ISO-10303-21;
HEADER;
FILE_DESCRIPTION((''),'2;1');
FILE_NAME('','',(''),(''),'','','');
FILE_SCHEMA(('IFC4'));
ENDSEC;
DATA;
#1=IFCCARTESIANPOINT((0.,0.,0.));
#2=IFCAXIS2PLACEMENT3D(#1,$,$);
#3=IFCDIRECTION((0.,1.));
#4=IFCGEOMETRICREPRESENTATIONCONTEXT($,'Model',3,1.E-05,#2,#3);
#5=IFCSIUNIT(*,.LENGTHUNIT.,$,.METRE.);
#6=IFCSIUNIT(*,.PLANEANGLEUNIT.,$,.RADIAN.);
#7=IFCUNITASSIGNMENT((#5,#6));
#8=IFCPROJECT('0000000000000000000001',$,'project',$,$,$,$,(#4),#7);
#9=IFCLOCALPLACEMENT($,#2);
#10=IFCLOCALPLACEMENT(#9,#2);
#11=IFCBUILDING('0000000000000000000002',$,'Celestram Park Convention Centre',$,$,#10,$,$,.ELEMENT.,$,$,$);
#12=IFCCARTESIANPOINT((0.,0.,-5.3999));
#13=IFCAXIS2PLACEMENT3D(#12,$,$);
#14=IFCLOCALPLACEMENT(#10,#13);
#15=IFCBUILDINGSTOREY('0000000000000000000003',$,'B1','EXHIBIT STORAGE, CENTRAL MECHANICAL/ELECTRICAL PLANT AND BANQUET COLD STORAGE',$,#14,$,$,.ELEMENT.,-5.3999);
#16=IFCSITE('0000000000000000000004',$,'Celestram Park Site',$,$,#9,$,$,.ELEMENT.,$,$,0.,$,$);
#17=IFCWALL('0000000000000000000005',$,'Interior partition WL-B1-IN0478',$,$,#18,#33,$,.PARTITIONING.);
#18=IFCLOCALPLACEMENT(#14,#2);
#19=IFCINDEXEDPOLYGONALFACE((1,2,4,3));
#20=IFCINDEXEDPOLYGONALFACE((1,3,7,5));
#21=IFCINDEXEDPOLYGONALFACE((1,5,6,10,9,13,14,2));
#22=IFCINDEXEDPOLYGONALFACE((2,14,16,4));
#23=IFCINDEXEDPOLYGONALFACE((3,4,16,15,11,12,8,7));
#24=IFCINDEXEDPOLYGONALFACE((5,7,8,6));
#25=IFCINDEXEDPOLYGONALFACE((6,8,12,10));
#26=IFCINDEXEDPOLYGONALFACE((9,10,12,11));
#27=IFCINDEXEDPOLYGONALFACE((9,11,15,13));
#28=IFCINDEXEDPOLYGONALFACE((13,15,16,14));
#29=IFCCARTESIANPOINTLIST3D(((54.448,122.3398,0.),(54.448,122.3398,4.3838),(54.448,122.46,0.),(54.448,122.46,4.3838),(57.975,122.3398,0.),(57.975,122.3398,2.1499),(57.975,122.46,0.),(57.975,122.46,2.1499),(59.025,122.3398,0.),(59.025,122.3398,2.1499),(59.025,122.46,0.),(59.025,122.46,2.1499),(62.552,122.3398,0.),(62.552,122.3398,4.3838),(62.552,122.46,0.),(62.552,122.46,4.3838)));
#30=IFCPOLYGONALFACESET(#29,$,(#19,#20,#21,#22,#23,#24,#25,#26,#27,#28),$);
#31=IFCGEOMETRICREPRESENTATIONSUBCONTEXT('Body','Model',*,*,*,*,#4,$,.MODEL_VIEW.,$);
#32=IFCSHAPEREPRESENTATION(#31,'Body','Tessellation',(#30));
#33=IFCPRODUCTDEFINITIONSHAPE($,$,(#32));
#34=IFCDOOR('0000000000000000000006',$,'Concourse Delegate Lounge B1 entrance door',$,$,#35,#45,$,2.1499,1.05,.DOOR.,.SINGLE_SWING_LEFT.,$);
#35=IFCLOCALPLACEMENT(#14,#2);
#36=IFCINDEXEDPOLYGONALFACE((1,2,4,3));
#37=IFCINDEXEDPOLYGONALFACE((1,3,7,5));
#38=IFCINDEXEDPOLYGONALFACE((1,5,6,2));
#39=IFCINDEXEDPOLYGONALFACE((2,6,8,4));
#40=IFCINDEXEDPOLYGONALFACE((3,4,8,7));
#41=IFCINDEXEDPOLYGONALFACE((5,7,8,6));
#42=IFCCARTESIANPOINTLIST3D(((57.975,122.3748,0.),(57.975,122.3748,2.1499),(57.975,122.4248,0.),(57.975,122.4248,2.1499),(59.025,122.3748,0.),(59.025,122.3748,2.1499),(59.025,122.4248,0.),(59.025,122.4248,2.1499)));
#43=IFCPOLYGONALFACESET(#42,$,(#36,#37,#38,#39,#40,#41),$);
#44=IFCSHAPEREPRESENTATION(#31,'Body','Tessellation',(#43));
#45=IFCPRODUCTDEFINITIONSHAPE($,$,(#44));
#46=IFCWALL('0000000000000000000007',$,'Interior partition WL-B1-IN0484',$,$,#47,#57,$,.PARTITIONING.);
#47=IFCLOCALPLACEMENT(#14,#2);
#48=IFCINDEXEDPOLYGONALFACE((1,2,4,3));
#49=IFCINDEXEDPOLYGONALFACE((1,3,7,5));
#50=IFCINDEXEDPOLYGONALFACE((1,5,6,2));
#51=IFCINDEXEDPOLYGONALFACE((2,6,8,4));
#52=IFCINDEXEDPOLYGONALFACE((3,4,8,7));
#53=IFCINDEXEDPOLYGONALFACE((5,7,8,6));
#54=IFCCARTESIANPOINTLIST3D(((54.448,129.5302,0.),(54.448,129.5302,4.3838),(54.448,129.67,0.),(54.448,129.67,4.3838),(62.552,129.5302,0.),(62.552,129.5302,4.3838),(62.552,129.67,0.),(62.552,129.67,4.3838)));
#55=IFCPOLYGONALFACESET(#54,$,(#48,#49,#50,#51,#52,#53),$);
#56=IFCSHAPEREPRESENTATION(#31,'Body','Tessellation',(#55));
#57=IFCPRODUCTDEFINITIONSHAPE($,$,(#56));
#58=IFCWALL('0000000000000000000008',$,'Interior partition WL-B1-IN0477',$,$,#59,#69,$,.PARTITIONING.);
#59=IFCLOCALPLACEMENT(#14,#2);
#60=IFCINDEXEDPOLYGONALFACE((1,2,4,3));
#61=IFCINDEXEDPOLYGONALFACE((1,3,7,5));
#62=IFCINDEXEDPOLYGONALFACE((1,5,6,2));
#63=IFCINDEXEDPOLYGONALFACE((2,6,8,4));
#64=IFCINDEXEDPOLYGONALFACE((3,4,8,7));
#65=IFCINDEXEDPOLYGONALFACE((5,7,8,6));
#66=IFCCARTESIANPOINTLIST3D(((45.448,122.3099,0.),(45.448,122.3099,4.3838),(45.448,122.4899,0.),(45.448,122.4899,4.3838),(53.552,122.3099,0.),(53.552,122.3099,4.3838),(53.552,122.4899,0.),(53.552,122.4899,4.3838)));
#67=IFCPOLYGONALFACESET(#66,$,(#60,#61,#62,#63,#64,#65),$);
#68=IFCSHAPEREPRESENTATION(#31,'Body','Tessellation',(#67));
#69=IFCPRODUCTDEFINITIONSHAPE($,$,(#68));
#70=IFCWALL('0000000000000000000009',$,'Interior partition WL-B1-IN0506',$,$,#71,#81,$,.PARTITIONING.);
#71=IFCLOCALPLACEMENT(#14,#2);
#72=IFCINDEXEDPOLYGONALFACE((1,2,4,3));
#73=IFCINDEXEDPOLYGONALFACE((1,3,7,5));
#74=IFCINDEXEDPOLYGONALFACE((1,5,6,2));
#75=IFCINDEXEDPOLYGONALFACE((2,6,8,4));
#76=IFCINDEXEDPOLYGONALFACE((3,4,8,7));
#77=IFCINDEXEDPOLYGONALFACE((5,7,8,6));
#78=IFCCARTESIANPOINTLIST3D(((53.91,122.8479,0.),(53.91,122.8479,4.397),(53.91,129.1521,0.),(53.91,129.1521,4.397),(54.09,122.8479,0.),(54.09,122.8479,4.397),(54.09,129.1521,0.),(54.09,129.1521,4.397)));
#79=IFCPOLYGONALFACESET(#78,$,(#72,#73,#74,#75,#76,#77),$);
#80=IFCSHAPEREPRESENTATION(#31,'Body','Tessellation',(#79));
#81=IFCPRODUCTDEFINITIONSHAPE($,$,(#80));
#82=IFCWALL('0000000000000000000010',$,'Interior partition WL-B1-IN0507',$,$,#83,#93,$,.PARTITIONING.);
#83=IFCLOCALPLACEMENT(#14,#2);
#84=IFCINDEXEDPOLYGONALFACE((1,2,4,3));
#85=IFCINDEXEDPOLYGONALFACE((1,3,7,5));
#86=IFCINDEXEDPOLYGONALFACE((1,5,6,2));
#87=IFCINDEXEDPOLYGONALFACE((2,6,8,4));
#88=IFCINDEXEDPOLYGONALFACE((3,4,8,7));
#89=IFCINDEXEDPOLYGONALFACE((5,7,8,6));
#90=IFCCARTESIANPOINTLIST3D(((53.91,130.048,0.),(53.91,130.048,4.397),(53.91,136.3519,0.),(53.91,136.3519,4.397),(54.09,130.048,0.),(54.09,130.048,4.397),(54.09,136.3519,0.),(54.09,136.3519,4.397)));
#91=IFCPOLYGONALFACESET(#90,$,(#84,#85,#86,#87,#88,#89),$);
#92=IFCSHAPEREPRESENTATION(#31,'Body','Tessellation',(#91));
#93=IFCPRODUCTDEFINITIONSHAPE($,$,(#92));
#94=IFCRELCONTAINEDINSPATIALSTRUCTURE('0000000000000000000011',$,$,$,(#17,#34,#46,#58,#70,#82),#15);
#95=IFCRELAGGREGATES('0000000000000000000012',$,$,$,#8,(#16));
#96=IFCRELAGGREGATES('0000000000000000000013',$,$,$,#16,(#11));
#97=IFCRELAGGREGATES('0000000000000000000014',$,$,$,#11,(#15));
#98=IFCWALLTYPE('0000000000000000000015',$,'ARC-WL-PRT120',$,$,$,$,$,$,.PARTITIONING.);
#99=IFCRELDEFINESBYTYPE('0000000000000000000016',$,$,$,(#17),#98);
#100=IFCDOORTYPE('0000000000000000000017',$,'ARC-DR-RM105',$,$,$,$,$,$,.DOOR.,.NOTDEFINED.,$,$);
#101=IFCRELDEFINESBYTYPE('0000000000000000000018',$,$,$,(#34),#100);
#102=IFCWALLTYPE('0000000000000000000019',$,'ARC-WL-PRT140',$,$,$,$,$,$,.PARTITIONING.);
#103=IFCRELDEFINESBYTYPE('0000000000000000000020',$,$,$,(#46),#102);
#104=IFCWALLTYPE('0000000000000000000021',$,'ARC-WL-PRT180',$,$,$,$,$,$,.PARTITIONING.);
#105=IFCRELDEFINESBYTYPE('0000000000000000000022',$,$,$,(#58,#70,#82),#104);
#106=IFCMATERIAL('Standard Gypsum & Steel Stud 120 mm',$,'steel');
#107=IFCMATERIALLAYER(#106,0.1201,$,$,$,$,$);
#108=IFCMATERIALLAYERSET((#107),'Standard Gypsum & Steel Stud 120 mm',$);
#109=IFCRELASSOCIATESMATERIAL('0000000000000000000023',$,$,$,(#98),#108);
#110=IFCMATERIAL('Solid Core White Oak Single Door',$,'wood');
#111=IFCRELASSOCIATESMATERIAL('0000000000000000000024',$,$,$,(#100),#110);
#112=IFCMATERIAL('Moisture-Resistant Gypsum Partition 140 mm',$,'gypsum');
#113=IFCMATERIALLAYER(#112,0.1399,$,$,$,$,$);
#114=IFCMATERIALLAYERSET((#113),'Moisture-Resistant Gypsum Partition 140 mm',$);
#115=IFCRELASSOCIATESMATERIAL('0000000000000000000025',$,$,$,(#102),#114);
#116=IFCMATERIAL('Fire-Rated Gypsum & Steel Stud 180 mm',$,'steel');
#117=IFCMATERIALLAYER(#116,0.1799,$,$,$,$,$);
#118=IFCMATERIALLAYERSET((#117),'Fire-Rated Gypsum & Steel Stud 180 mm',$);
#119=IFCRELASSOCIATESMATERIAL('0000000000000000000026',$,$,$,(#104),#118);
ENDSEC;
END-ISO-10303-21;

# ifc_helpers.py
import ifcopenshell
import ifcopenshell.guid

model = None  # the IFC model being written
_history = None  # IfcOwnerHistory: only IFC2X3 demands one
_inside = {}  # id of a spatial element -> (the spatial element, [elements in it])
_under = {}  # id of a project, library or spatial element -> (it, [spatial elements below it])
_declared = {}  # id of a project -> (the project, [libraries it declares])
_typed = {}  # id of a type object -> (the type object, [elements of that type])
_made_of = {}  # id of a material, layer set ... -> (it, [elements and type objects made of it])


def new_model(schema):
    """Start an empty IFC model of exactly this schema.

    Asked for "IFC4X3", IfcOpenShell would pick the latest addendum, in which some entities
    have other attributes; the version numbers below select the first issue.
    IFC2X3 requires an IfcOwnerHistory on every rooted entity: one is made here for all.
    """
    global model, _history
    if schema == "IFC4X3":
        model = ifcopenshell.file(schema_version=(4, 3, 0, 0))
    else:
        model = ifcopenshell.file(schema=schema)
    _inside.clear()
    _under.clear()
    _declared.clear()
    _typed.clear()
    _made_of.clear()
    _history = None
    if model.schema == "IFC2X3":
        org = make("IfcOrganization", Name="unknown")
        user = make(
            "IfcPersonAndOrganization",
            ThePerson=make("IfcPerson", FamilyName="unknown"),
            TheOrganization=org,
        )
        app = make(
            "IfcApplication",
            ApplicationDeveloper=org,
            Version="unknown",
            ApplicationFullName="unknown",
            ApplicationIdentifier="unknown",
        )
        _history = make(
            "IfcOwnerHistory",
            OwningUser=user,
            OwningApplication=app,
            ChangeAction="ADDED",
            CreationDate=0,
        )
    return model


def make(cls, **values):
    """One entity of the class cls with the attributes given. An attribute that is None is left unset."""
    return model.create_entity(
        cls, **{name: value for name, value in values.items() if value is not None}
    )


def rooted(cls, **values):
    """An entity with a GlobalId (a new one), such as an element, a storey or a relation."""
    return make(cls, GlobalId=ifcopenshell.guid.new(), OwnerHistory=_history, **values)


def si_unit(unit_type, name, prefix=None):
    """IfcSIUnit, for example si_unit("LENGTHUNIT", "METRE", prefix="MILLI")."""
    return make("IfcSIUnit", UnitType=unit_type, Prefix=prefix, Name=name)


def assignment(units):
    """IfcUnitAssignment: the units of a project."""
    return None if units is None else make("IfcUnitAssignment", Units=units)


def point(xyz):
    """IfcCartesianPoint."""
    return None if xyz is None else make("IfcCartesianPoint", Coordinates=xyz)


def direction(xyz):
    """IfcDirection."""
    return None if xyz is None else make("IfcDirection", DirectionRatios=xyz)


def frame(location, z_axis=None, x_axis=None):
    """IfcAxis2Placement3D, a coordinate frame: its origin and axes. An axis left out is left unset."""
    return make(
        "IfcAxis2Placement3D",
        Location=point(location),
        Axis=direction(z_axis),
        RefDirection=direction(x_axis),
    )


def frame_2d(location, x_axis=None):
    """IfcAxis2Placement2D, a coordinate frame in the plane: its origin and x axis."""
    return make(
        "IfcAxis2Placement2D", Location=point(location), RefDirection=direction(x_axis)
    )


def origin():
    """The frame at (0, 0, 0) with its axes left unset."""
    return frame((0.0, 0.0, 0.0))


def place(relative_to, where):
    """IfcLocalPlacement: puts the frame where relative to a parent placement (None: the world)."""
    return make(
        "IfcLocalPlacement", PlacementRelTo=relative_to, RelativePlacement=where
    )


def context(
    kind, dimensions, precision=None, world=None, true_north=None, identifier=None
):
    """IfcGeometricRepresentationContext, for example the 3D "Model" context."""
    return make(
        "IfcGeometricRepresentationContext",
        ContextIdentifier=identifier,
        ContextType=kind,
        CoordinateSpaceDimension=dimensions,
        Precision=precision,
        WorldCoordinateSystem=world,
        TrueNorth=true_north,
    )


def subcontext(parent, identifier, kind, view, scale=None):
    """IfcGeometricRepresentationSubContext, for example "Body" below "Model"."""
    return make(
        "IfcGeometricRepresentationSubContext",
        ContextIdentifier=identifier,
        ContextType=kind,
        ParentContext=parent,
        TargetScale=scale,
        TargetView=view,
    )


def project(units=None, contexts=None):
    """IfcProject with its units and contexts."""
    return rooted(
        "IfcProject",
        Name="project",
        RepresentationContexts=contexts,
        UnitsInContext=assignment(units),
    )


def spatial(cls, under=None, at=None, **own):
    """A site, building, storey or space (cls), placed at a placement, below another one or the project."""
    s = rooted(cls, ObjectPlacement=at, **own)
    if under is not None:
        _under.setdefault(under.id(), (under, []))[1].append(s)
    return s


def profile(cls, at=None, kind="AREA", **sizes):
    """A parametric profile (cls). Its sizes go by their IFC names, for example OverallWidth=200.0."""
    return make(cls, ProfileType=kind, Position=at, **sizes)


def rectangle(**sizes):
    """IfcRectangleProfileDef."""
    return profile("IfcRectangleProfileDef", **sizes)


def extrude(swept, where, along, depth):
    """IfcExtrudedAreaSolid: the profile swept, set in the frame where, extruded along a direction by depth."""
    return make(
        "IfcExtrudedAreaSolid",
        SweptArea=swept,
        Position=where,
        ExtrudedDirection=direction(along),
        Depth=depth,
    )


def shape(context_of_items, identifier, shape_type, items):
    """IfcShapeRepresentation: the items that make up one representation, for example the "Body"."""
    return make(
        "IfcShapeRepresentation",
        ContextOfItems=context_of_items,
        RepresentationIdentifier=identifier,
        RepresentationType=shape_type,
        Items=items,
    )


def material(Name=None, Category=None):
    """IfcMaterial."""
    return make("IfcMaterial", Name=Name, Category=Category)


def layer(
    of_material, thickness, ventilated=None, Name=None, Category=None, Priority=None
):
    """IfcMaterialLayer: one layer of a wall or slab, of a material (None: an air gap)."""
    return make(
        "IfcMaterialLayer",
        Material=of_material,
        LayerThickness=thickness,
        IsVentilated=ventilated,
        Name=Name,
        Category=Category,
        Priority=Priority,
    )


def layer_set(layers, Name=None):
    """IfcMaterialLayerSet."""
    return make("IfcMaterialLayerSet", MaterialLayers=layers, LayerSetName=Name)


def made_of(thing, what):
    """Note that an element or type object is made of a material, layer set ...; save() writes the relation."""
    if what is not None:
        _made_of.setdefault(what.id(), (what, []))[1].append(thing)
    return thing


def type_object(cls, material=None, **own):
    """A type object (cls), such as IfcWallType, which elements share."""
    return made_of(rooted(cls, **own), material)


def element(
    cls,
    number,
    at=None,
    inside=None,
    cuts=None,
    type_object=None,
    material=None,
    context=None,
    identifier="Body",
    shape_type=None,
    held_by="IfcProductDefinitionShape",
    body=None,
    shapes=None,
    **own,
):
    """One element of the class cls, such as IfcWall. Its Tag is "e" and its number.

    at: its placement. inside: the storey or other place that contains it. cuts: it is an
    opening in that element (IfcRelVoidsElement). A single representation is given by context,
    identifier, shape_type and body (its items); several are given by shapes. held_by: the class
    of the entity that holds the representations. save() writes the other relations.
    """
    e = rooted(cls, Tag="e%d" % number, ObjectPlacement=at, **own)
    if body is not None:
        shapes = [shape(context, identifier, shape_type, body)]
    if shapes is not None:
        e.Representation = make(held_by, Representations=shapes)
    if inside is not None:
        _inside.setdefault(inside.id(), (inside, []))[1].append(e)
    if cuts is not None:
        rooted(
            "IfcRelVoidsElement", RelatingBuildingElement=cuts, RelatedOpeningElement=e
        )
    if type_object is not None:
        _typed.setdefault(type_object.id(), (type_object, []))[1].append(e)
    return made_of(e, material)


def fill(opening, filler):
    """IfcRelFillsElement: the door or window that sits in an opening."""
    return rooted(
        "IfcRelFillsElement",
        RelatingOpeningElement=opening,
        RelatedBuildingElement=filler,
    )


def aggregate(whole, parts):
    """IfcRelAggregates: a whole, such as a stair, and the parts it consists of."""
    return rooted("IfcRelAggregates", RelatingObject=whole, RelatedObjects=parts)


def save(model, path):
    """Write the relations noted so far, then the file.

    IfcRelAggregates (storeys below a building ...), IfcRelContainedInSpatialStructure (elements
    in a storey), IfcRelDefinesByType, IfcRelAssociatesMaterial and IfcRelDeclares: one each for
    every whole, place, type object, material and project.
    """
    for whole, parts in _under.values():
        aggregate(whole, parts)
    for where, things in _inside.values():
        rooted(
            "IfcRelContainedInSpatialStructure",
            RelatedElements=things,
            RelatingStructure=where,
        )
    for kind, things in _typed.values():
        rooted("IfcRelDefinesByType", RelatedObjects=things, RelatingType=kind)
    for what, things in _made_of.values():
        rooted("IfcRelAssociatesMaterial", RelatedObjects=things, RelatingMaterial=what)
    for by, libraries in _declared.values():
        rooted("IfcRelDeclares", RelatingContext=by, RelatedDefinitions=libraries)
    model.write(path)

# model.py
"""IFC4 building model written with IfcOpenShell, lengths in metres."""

from ifc_helpers import new_model, si_unit, direction, frame, frame_2d, origin, place, context, subcontext, project, spatial, rectangle, extrude, material, layer, layer_set, type_object, element, fill, save


model = new_model("IFC4")

# Units and contexts
model_context = context("Model", 3, precision=1e-05, world=origin(), true_north=direction((0.0, 1.0)))
body_context = subcontext(model_context, "Body", "Model", "MODEL_VIEW")
ifc_project = project(units=[si_unit("LENGTHUNIT", "METRE"), si_unit("PLANEANGLEUNIT", "RADIAN")], contexts=[model_context])

# Site, building, storey
site_placement = place(None, origin())
site = spatial("IfcSite", under=ifc_project, at=site_placement, Name="Celestram Park Site", CompositionType="ELEMENT", RefElevation=0.0)
building_placement = place(site_placement, origin())
building = spatial("IfcBuilding", under=site, at=building_placement, Name="Celestram Park Convention Centre", CompositionType="ELEMENT")
storey_placement = place(building_placement, frame((0.0, 0.0, -5.3999)))
storey = spatial("IfcBuildingStorey", under=building, at=storey_placement, Name="B1", Description="EXHIBIT STORAGE, CENTRAL MECHANICAL/ELECTRICAL PLANT AND BANQUET COLD STORAGE", CompositionType="ELEMENT", Elevation=-5.3999)

# Wall, opening, door
ifc_material_1 = material(Name="Standard Gypsum & Steel Stud 120 mm", Category="steel")
ifc_layer_1 = layer(ifc_material_1, 0.1201)
ifc_layer_set_1 = layer_set([ifc_layer_1], Name="Standard Gypsum & Steel Stud 120 mm")
wall_type_1 = type_object("IfcWallType", Name="ARC-WL-PRT120", PredefinedType="PARTITIONING", material=ifc_layer_set_1)
wall_1_placement = place(storey_placement, frame((54.448, 122.3999, 0.0), z_axis=(0.0, 0.0, 1.0), x_axis=(1.0, 0.0, 0.0)))
wall_1 = element("IfcWall", 1, at=wall_1_placement, inside=storey, type_object=wall_type_1, Name="Interior partition WL-B1-IN0478", PredefinedType="PARTITIONING", context=body_context, shape_type="SweptSolid", body=[
    extrude(rectangle(XDim=8.104, YDim=0.1201, at=frame_2d((4.052, 0.0))), origin(), (0.0, 0.0, 1.0), 4.3838),
])
opening_placement = place(wall_1_placement, frame((3.5271, 0.0, 0.0)))
opening = element("IfcOpeningElement", 2, at=opening_placement, cuts=wall_1, PredefinedType="OPENING", context=body_context, shape_type="SweptSolid", body=[
    extrude(rectangle(XDim=1.05, YDim=2.1499, at=frame_2d((0.5249, 1.075))), frame((0.0, 0.0701, 0.0), z_axis=(0.0, -1.0, 0.0), x_axis=(1.0, 0.0, 0.0)), (0.0, 0.0, 1.0), 0.1401),
])
ifc_material_2 = material(Name="Solid Core White Oak Single Door", Category="wood")
door_type = type_object("IfcDoorType", Name="ARC-DR-RM105", OperationType="NOTDEFINED", PredefinedType="DOOR", material=ifc_material_2)
door_placement = place(opening_placement, origin())
door = element("IfcDoor", 3, at=door_placement, inside=storey, type_object=door_type, Name="Concourse Delegate Lounge B1 entrance door", OperationType="SINGLE_SWING_LEFT", OverallHeight=2.1499, OverallWidth=1.05, PredefinedType="DOOR", context=body_context, shape_type="SweptSolid", body=[
    extrude(rectangle(XDim=1.05, YDim=2.1499, at=frame_2d((0.5249, 1.075))), frame((0.0, 0.0249, 0.0), z_axis=(0.0, -1.0, 0.0), x_axis=(1.0, 0.0, 0.0)), (0.0, 0.0, 1.0), 0.05),
])
fill(opening, door)

# Walls
ifc_material_3 = material(Name="Moisture-Resistant Gypsum Partition 140 mm", Category="gypsum")
ifc_layer_2 = layer(ifc_material_3, 0.1399)
ifc_layer_set_2 = layer_set([ifc_layer_2], Name="Moisture-Resistant Gypsum Partition 140 mm")
wall_type_2 = type_object("IfcWallType", Name="ARC-WL-PRT140", PredefinedType="PARTITIONING", material=ifc_layer_set_2)
wall_2_placement = place(storey_placement, frame((54.448, 129.6001, 0.0), z_axis=(0.0, 0.0, 1.0), x_axis=(1.0, 0.0, 0.0)))
element("IfcWall", 4, at=wall_2_placement, inside=storey, type_object=wall_type_2, Name="Interior partition WL-B1-IN0484", PredefinedType="PARTITIONING", context=body_context, shape_type="SweptSolid", body=[
    extrude(rectangle(XDim=8.104, YDim=0.1399, at=frame_2d((4.052, 0.0))), origin(), (0.0, 0.0, 1.0), 4.3838),
])
ifc_material_4 = material(Name="Fire-Rated Gypsum & Steel Stud 180 mm", Category="steel")
ifc_layer_3 = layer(ifc_material_4, 0.1799)
ifc_layer_set_3 = layer_set([ifc_layer_3], Name="Fire-Rated Gypsum & Steel Stud 180 mm")
wall_type_3 = type_object("IfcWallType", Name="ARC-WL-PRT180", PredefinedType="PARTITIONING", material=ifc_layer_set_3)
wall_3_placement = place(storey_placement, frame((45.448, 122.3999, 0.0), z_axis=(0.0, 0.0, 1.0), x_axis=(1.0, 0.0, 0.0)))
element("IfcWall", 5, at=wall_3_placement, inside=storey, type_object=wall_type_3, Name="Interior partition WL-B1-IN0477", PredefinedType="PARTITIONING", context=body_context, shape_type="SweptSolid", body=[
    extrude(rectangle(XDim=8.104, YDim=0.1799, at=frame_2d((4.052, 0.0))), origin(), (0.0, 0.0, 1.0), 4.3838),
])
wall_4_placement = place(storey_placement, frame((54.0, 122.8479, 0.0), z_axis=(0.0, 0.0, 1.0), x_axis=(0.0, 1.0, 0.0)))
element("IfcWall", 6, at=wall_4_placement, inside=storey, type_object=wall_type_3, Name="Interior partition WL-B1-IN0506", PredefinedType="PARTITIONING", context=body_context, shape_type="SweptSolid", body=[
    extrude(rectangle(XDim=6.3042, YDim=0.1799, at=frame_2d((3.1521, 0.0))), origin(), (0.0, 0.0, 1.0), 4.397),
])
wall_5_placement = place(storey_placement, frame((54.0, 130.0481, 0.0), z_axis=(0.0, 0.0, 1.0), x_axis=(0.0, 1.0, 0.0)))
element("IfcWall", 7, at=wall_5_placement, inside=storey, type_object=wall_type_3, Name="Interior partition WL-B1-IN0507", PredefinedType="PARTITIONING", context=body_context, shape_type="SweptSolid", body=[
    extrude(rectangle(XDim=6.304, YDim=0.1799, at=frame_2d((3.1519, 0.0))), origin(), (0.0, 0.0, 1.0), 4.397),
])

save(model, "model.ifc")
